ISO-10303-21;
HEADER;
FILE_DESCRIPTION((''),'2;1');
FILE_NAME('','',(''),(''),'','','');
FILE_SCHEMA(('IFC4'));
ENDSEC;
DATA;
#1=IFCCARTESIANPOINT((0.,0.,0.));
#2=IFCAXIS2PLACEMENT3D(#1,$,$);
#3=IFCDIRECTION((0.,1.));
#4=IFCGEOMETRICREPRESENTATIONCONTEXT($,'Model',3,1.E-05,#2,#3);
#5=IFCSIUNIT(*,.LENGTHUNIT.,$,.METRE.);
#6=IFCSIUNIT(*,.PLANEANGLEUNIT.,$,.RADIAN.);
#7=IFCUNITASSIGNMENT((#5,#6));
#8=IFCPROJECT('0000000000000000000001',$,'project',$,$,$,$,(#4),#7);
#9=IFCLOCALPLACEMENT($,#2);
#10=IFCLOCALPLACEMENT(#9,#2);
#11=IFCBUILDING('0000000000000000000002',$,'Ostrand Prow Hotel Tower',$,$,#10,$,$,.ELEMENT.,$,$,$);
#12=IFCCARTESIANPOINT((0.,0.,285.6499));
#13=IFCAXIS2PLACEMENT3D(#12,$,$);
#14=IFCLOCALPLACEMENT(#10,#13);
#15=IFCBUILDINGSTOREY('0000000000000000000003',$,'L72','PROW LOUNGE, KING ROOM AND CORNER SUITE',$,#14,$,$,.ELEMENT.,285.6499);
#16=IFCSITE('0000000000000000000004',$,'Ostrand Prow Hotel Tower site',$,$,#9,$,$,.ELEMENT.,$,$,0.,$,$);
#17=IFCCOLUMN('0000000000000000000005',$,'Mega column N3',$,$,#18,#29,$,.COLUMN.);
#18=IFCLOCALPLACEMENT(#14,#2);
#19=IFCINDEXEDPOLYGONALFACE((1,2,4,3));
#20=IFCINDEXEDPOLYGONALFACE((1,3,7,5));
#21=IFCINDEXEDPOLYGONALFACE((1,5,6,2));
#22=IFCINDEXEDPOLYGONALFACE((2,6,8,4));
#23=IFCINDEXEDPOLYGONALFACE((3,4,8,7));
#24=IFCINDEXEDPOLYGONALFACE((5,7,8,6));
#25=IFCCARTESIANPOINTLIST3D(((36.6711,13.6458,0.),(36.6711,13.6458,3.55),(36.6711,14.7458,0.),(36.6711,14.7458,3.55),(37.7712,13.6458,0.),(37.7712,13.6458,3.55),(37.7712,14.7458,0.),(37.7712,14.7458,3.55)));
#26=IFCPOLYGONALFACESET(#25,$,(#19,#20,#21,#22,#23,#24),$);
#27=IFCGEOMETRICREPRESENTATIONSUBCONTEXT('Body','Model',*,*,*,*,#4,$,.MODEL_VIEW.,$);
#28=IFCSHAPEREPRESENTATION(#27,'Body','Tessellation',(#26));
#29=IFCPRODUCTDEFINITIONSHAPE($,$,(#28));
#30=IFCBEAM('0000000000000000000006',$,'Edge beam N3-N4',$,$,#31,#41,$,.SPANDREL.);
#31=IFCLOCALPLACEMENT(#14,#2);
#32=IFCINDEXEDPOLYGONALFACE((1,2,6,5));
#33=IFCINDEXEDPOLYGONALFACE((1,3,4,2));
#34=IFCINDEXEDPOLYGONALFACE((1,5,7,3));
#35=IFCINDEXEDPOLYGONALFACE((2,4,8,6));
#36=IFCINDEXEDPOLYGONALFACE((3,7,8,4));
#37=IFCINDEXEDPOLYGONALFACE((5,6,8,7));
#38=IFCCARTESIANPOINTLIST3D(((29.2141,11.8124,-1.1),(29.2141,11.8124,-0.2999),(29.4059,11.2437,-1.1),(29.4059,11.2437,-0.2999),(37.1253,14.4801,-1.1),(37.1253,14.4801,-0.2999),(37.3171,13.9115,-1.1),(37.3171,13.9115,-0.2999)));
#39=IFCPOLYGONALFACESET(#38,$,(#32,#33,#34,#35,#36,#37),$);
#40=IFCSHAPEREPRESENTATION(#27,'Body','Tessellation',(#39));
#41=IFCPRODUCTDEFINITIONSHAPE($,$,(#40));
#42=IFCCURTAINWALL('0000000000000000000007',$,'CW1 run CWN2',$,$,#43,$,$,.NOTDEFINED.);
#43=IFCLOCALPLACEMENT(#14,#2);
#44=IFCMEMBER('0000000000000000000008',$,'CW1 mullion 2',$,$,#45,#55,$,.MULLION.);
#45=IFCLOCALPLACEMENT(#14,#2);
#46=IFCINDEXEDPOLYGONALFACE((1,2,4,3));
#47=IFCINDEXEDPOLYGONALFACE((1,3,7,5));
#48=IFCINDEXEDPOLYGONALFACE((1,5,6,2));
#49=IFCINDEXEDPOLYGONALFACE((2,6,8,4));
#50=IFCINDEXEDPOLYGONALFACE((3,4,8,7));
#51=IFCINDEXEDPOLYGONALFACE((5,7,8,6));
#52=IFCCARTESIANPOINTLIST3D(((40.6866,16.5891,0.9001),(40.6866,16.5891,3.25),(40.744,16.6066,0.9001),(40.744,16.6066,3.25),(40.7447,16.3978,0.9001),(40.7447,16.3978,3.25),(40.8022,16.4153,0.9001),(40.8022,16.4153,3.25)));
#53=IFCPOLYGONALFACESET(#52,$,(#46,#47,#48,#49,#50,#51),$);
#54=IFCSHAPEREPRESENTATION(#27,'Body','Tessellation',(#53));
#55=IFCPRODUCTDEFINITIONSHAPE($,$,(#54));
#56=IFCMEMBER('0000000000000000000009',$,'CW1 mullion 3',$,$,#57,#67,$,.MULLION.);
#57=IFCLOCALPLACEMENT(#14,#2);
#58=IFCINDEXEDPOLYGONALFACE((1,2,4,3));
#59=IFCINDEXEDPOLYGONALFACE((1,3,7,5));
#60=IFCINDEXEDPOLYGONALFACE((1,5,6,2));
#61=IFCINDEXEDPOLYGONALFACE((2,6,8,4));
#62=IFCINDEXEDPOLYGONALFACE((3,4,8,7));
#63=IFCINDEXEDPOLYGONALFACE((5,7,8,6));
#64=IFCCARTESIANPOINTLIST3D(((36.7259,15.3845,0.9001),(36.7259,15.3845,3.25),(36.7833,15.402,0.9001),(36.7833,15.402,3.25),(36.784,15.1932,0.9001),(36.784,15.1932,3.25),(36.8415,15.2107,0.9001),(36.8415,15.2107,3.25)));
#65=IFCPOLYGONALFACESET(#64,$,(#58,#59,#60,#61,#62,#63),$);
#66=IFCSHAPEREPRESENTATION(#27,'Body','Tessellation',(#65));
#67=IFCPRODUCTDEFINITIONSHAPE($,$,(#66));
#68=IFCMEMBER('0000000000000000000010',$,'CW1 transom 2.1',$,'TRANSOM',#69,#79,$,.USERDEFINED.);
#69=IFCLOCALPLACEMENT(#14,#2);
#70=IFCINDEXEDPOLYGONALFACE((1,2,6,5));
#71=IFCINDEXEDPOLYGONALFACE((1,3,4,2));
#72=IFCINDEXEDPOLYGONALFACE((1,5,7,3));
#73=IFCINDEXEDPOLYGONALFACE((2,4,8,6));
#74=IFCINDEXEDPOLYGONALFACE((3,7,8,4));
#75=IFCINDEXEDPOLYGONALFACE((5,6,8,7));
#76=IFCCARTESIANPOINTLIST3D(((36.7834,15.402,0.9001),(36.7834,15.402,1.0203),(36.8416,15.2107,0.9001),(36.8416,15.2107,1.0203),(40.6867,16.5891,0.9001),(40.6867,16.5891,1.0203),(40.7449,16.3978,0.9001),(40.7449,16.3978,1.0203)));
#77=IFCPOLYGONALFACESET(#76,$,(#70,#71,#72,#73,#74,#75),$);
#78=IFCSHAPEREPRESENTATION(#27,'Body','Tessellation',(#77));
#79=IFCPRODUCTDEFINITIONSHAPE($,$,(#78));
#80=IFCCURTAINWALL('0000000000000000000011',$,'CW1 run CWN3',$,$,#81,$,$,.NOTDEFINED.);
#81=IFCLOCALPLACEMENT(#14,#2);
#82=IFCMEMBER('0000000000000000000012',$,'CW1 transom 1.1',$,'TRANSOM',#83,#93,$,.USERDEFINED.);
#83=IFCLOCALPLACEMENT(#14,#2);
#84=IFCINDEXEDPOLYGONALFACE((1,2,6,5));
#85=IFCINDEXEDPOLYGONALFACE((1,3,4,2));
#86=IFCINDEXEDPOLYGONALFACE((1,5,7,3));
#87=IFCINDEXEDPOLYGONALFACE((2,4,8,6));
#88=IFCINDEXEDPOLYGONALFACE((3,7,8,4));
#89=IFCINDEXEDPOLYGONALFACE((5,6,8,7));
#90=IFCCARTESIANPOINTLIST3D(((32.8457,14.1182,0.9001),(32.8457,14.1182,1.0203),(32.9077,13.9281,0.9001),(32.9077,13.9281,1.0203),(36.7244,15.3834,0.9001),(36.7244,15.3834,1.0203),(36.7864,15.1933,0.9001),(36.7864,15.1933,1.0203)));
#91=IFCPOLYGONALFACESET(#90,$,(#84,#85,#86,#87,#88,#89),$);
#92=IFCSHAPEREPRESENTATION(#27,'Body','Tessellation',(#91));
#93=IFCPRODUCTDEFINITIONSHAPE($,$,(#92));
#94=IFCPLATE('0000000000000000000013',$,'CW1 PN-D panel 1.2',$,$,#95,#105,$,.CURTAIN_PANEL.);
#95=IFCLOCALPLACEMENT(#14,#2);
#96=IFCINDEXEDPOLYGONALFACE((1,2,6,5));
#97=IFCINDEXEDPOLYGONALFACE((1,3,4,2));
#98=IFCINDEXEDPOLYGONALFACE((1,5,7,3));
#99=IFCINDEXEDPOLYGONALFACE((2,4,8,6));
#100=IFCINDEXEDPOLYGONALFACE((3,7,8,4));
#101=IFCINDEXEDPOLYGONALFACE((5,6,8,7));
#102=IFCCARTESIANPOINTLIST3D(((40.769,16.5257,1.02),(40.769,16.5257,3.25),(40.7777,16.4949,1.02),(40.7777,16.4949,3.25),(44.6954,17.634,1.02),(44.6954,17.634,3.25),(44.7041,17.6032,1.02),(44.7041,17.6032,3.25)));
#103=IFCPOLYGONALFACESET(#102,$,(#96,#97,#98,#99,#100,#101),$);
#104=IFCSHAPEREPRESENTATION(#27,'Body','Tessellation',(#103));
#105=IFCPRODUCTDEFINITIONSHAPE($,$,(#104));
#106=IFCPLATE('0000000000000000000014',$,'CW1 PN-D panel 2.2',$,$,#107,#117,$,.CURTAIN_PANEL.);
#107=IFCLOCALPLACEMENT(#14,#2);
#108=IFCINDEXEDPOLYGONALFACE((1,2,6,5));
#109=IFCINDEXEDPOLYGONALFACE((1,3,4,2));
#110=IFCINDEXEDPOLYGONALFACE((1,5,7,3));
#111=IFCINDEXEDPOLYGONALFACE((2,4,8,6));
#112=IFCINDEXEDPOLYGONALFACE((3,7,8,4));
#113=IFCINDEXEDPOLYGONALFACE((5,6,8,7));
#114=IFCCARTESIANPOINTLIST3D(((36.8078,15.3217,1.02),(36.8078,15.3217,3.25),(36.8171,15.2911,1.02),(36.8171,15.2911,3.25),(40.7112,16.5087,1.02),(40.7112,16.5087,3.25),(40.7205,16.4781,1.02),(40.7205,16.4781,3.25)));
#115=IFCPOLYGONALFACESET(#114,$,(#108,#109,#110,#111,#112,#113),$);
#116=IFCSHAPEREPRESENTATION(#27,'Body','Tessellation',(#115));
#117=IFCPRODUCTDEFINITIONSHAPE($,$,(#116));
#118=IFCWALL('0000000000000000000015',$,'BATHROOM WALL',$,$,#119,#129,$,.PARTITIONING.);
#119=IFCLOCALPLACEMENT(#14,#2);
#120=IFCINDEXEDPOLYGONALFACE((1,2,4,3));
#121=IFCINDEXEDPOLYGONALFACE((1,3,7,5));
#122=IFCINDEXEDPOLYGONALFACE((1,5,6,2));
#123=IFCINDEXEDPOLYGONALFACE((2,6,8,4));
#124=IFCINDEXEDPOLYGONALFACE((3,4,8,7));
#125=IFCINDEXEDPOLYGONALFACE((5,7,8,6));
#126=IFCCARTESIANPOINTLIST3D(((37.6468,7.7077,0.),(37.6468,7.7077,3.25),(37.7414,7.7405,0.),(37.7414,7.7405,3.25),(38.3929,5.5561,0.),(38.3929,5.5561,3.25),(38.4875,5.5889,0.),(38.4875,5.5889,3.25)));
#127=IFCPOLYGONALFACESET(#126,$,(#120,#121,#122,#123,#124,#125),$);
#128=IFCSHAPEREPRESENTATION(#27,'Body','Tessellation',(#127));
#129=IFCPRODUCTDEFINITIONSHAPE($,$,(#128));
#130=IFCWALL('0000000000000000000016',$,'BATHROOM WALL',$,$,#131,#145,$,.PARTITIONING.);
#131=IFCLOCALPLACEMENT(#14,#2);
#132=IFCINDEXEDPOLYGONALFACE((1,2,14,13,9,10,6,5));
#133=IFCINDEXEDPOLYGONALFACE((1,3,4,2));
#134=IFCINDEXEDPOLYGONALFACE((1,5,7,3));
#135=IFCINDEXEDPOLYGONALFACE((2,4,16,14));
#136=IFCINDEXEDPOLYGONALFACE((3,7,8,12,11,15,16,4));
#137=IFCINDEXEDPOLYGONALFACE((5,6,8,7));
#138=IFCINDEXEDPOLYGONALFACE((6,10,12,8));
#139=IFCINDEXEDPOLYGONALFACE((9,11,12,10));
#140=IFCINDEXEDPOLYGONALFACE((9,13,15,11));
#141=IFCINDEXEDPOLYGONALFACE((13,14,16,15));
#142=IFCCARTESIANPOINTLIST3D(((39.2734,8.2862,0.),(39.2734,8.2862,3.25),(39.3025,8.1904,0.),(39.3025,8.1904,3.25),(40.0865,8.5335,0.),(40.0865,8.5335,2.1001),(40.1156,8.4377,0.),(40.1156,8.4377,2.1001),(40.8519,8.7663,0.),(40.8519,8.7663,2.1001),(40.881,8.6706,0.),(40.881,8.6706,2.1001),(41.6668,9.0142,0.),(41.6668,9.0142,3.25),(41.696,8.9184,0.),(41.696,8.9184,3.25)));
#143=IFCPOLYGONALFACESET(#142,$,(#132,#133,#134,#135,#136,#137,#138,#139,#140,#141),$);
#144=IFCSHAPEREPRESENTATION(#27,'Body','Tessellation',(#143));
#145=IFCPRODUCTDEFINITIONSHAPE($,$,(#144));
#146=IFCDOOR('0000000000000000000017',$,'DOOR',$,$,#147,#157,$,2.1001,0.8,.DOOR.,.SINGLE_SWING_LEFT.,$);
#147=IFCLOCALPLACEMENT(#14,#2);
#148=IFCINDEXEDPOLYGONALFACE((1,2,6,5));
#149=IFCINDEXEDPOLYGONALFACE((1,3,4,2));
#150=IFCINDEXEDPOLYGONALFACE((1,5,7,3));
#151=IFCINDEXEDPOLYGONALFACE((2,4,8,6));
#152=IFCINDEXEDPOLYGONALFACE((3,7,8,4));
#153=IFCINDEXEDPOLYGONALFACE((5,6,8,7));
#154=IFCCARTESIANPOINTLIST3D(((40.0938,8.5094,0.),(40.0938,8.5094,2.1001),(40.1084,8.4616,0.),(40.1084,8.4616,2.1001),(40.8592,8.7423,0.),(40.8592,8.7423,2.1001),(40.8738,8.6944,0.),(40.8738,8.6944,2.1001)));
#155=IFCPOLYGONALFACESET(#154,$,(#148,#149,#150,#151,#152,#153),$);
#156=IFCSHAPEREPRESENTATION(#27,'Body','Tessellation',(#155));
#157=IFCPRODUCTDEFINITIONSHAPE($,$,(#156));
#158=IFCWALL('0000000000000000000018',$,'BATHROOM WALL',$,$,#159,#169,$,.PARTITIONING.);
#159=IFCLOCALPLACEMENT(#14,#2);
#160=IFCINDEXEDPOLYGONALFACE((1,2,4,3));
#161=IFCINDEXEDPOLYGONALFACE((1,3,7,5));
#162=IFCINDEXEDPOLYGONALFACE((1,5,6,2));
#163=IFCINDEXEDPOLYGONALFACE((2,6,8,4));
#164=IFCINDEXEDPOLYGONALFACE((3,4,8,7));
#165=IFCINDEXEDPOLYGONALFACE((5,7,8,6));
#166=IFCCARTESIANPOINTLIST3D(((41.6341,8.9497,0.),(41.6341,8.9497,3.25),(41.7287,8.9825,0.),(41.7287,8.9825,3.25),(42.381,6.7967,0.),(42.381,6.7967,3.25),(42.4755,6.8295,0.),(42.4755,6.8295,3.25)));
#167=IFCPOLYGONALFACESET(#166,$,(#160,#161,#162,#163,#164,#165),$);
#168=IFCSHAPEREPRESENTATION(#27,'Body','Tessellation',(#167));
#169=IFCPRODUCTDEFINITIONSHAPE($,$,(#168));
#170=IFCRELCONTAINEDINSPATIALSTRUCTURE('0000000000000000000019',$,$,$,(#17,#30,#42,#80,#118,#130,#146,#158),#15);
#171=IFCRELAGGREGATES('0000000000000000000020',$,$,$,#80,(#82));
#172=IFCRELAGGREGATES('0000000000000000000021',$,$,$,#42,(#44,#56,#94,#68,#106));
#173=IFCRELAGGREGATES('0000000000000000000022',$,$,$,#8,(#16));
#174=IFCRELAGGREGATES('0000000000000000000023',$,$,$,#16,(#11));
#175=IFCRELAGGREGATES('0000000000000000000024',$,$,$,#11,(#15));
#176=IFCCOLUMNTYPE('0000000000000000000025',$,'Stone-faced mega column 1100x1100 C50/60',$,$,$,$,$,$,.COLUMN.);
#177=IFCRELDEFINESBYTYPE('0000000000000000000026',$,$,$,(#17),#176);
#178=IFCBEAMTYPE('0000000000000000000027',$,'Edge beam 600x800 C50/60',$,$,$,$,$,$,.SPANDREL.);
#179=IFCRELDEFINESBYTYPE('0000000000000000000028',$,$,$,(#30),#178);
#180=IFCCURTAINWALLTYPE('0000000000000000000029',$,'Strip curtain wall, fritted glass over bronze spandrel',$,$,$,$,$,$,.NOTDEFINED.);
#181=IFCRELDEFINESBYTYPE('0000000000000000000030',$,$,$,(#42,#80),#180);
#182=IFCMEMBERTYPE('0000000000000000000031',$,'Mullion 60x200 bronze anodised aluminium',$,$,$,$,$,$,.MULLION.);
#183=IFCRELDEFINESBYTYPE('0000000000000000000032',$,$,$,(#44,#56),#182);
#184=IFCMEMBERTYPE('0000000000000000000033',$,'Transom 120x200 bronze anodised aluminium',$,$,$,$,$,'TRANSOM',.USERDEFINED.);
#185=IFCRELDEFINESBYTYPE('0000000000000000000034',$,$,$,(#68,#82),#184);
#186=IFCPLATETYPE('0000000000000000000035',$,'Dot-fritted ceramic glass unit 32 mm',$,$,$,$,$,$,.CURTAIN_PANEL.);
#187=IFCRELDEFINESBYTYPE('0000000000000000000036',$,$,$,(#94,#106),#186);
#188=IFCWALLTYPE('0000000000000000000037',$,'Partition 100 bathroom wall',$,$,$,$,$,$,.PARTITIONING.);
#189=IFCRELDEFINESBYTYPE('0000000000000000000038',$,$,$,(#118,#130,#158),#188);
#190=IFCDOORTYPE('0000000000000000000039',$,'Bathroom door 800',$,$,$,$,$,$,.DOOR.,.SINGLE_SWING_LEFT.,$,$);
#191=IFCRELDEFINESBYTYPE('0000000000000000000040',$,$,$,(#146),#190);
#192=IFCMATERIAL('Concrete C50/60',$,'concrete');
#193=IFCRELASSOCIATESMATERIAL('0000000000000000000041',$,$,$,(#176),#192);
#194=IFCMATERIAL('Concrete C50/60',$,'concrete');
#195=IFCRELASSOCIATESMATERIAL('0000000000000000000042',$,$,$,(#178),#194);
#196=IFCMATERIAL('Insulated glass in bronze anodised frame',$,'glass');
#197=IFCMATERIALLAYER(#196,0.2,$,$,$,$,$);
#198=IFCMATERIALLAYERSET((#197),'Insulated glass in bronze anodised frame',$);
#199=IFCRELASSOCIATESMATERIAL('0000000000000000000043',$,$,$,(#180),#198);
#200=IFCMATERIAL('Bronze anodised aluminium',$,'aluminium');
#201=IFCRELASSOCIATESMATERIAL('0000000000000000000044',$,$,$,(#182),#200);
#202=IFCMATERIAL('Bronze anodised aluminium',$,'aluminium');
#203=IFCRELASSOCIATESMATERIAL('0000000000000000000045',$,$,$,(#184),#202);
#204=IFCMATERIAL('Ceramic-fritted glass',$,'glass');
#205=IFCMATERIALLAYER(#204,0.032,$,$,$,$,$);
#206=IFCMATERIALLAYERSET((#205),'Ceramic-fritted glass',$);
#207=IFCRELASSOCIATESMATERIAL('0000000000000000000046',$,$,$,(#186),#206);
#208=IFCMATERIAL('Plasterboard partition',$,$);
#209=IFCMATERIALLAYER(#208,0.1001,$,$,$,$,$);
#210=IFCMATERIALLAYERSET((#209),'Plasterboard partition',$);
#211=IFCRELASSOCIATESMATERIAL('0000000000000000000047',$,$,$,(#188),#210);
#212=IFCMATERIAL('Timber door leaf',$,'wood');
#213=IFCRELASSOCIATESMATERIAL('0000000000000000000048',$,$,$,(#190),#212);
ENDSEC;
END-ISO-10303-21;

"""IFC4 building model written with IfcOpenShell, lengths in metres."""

from ifc_helpers import new_model, si_unit, direction, frame, frame_2d, origin, origin_2d, place, context, subcontext, project, spatial, rectangle, extrude, material, layer, layer_set, material_profile, profile_set, type_object, element, fill, aggregate, save


model = new_model("IFC4")

# Units and contexts
model_context = context("Model", 3, precision=1e-05, world=origin(), true_north=direction((0.0, 1.0)))
body_context = subcontext(model_context, "Body", "Model", "MODEL_VIEW")
ifc_project = project(units=[si_unit("LENGTHUNIT", "METRE"), si_unit("PLANEANGLEUNIT", "RADIAN")], contexts=[model_context])

# Site, building, storey
site_placement = place(None, origin())
site = spatial("IfcSite", under=ifc_project, at=site_placement, Name="Ostrand Prow Hotel Tower site", CompositionType="ELEMENT", RefElevation=0.0)
building_placement = place(site_placement, origin())
building = spatial("IfcBuilding", under=site, at=building_placement, Name="Ostrand Prow Hotel Tower", CompositionType="ELEMENT")
storey_placement = place(building_placement, frame((0.0, 0.0, 285.6499)))
storey = spatial("IfcBuildingStorey", under=building, at=storey_placement, Name="L72", Description="PROW LOUNGE, KING ROOM AND CORNER SUITE", CompositionType="ELEMENT", Elevation=285.6499)

# Column
ifc_material_1 = material(Name="Concrete C50/60", Category="concrete")
ifc_material_profile_1 = material_profile(ifc_material_1, rectangle(XDim=1.1001, YDim=1.1001, at=origin_2d()), Name="RC 1100x1100")
ifc_profile_set_1 = profile_set([ifc_material_profile_1], Name="Concrete C50/60")
column_type = type_object("IfcColumnType", Name="Stone-faced mega column 1100x1100 C50/60", PredefinedType="COLUMN", material=ifc_profile_set_1)
column_placement = place(storey_placement, frame((37.2212, 14.1958, 0.0), z_axis=(0.0, 0.0, 1.0), x_axis=(1.0, 0.0, 0.0)))
element("IfcColumn", 1, at=column_placement, inside=storey, type_object=column_type, Name="Mega column N3", PredefinedType="COLUMN", context=body_context, shape_type="SweptSolid", body=[
    extrude(rectangle(XDim=1.1001, YDim=1.1001, at=origin_2d()), origin(), (0.0, 0.0, 1.0), 3.55),
])

# Beam
ifc_material_2 = material(Name="Concrete C50/60", Category="concrete")
ifc_material_profile_2 = material_profile(ifc_material_2, rectangle(XDim=0.6001, YDim=0.8, at=origin_2d()), Name="RC 600x800")
ifc_profile_set_2 = profile_set([ifc_material_profile_2], Name="Concrete C50/60")
beam_type = type_object("IfcBeamType", Name="Edge beam 600x800 C50/60", PredefinedType="SPANDREL", material=ifc_profile_set_2)
beam_placement = place(storey_placement, frame((37.2212, 14.1958, -0.7), z_axis=(-0.947575, -0.319533, 0.0), x_axis=(0.319533, -0.947575, 0.0)))
element("IfcBeam", 2, at=beam_placement, inside=storey, type_object=beam_type, Name="Edge beam N3-N4", PredefinedType="SPANDREL", context=body_context, shape_type="SweptSolid", body=[
    extrude(rectangle(XDim=0.6001, YDim=0.8, at=origin_2d()), origin(), (0.0, 0.0, 1.0), 8.3489),
])

# Curtain wall, members
ifc_material_3 = material(Name="Insulated glass in bronze anodised frame", Category="glass")
ifc_layer_1 = layer(ifc_material_3, 0.2)
ifc_layer_set_1 = layer_set([ifc_layer_1], Name="Insulated glass in bronze anodised frame")
curtain_wall_type = type_object("IfcCurtainWallType", Name="Strip curtain wall, fritted glass over bronze spandrel", PredefinedType="NOTDEFINED", material=ifc_layer_set_1)
curtain_wall_1_placement = place(storey_placement, origin())
curtain_wall_1 = element("IfcCurtainWall", 3, at=curtain_wall_1_placement, inside=storey, type_object=curtain_wall_type, Name="CW1 run CWN2", PredefinedType="NOTDEFINED")
ifc_material_4 = material(Name="Bronze anodised aluminium", Category="aluminium")
ifc_material_profile_3 = material_profile(ifc_material_4, rectangle(XDim=0.2, YDim=0.0601, at=origin_2d()), Name="Mullion 60x200 bronze anodised aluminium")
ifc_profile_set_3 = profile_set([ifc_material_profile_3], Name="Bronze anodised aluminium")
member_type_1 = type_object("IfcMemberType", Name="Mullion 60x200 bronze anodised aluminium", PredefinedType="MULLION", material=ifc_profile_set_3)
member_1_placement = place(storey_placement, frame((40.7444, 16.5022, 0.9001), z_axis=(0.0, 0.0, 1.0), x_axis=(0.290938, -0.956742, 0.0)))
member_1 = element("IfcMember", 4, at=member_1_placement, type_object=member_type_1, Name="CW1 mullion 2", PredefinedType="MULLION", context=body_context, shape_type="SweptSolid", body=[
    extrude(rectangle(XDim=0.2, YDim=0.0601, at=origin_2d()), origin(), (0.0, 0.0, 1.0), 2.3499),
])
member_2_placement = place(storey_placement, frame((36.7837, 15.2976, 0.9001), z_axis=(0.0, 0.0, 1.0), x_axis=(0.290938, -0.956742, 0.0)))
member_2 = element("IfcMember", 5, at=member_2_placement, type_object=member_type_1, Name="CW1 mullion 3", PredefinedType="MULLION", context=body_context, shape_type="SweptSolid", body=[
    extrude(rectangle(XDim=0.2, YDim=0.0601, at=origin_2d()), origin(), (0.0, 0.0, 1.0), 2.3499),
])
ifc_material_5 = material(Name="Bronze anodised aluminium", Category="aluminium")
ifc_material_profile_4 = material_profile(ifc_material_5, rectangle(XDim=0.2, YDim=0.1201, at=origin_2d()), Name="Transom 120x200 bronze anodised aluminium")
ifc_profile_set_4 = profile_set([ifc_material_profile_4], Name="Bronze anodised aluminium")
member_type_2 = type_object("IfcMemberType", Name="Transom 120x200 bronze anodised aluminium", ElementType="TRANSOM", PredefinedType="USERDEFINED", material=ifc_profile_set_4)
member_3_placement = place(storey_placement, frame((40.7158, 16.4934, 0.9602), z_axis=(-0.956739, -0.290947, 0.0), x_axis=(0.290947, -0.956739, 0.0)))
member_3 = element("IfcMember", 6, at=member_3_placement, type_object=member_type_2, Name="CW1 transom 2.1", ObjectType="TRANSOM", PredefinedType="USERDEFINED", context=body_context, shape_type="SweptSolid", body=[
    extrude(rectangle(XDim=0.2, YDim=0.1201, at=origin_2d()), origin(), (0.0, 0.0, 1.0), 4.0798),
])

# Curtain wall, member
curtain_wall_2_placement = place(storey_placement, origin())
curtain_wall_2 = element("IfcCurtainWall", 7, at=curtain_wall_2_placement, inside=storey, type_object=curtain_wall_type, Name="CW1 run CWN3", PredefinedType="NOTDEFINED")
member_4_placement = place(storey_placement, frame((36.7554, 15.2883, 0.9602), z_axis=(-0.950704, -0.310099, 0.0), x_axis=(0.310099, -0.950704, 0.0)))
member_4 = element("IfcMember", 8, at=member_4_placement, type_object=member_type_2, Name="CW1 transom 1.1", ObjectType="TRANSOM", PredefinedType="USERDEFINED", context=body_context, shape_type="SweptSolid", body=[
    extrude(rectangle(XDim=0.2, YDim=0.1201, at=origin_2d()), origin(), (0.0, 0.0, 1.0), 4.0798),
])
aggregate(curtain_wall_2, [member_4])

# Plates
ifc_material_6 = material(Name="Ceramic-fritted glass", Category="glass")
ifc_layer_2 = layer(ifc_material_6, 0.032)
ifc_layer_set_2 = layer_set([ifc_layer_2], Name="Ceramic-fritted glass")
plate_type = type_object("IfcPlateType", Name="Dot-fritted ceramic glass unit 32 mm", PredefinedType="CURTAIN_PANEL", material=ifc_layer_set_2)
plate_1_placement = place(storey_placement, frame((42.7366, 17.0645, 1.02), z_axis=(0.0, 0.0, 1.0), x_axis=(-0.962396, -0.271649, 0.0)))
plate_1 = element("IfcPlate", 9, at=plate_1_placement, type_object=plate_type, Name="CW1 PN-D panel 1.2", PredefinedType="CURTAIN_PANEL", context=body_context, shape_type="SweptSolid", body=[
    extrude(rectangle(XDim=4.0798, YDim=0.032, at=origin_2d()), origin(), (0.0, 0.0, 1.0), 2.23),
])
plate_2_placement = place(storey_placement, frame((38.7642, 15.8999, 1.02), z_axis=(0.0, 0.0, 1.0), x_axis=(-0.956742, -0.290938, 0.0)))
plate_2 = element("IfcPlate", 10, at=plate_2_placement, type_object=plate_type, Name="CW1 PN-D panel 2.2", PredefinedType="CURTAIN_PANEL", context=body_context, shape_type="SweptSolid", body=[
    extrude(rectangle(XDim=4.0798, YDim=0.032, at=origin_2d()), origin(), (0.0, 0.0, 1.0), 2.23),
])
aggregate(curtain_wall_1, [member_1, member_2, plate_1, member_3, plate_2])

# Wall
ifc_material_7 = material(Name="Plasterboard partition")
ifc_layer_3 = layer(ifc_material_7, 0.1001)
ifc_layer_set_3 = layer_set([ifc_layer_3], Name="Plasterboard partition")
wall_type_1 = type_object("IfcWallType", Name="Partition 100 bathroom wall", PredefinedType="PARTITIONING", material=ifc_layer_set_3)
wall_1_placement = place(storey_placement, frame((37.6941, 7.7241, 0.0), z_axis=(0.0, 0.0, 1.0), x_axis=(0.327622, -0.944809, 0.0)))
element("IfcWall", 11, at=wall_1_placement, inside=storey, type_object=wall_type_1, Name="BATHROOM WALL", PredefinedType="PARTITIONING", context=body_context, shape_type="SweptSolid", body=[
    extrude(rectangle(XDim=2.2773, YDim=0.1001, at=frame_2d((1.1387, 0.0))), origin(), (0.0, 0.0, 1.0), 3.25),
])

# Wall, opening, door
wall_2_placement = place(storey_placement, frame((39.2878, 8.2383, 0.0), z_axis=(0.0, 0.0, 1.0), x_axis=(0.956724, 0.290999, 0.0)))
wall_2 = element("IfcWall", 12, at=wall_2_placement, inside=storey, type_object=wall_type_1, Name="BATHROOM WALL", PredefinedType="PARTITIONING", context=body_context, shape_type="SweptSolid", body=[
    extrude(rectangle(XDim=2.5017, YDim=0.1001, at=frame_2d((1.251, 0.0))), origin(), (0.0, 0.0, 1.0), 3.25),
])
opening_1_placement = place(wall_2_placement, frame((0.8501, 0.0, 0.0)))
opening_1 = element("IfcOpeningElement", 13, at=opening_1_placement, cuts=wall_2, PredefinedType="OPENING", context=body_context, shape_type="SweptSolid", body=[
    extrude(rectangle(XDim=0.8, YDim=2.1001, at=frame_2d((0.3999, 1.05))), frame((0.0, 0.0601, 0.0), z_axis=(0.0, -1.0, 0.0), x_axis=(1.0, 0.0, 0.0)), (0.0, 0.0, 1.0), 0.1201),
])
ifc_material_8 = material(Name="Timber door leaf", Category="wood")
door_type_1 = type_object("IfcDoorType", Name="Bathroom door 800", OperationType="SINGLE_SWING_LEFT", PredefinedType="DOOR", material=ifc_material_8)
door_1_placement = place(opening_1_placement, origin())
door_1 = element("IfcDoor", 14, at=door_1_placement, inside=storey, type_object=door_type_1, Name="DOOR", OperationType="SINGLE_SWING_LEFT", OverallHeight=2.1001, OverallWidth=0.8, PredefinedType="DOOR", context=body_context, shape_type="SweptSolid", body=[
    extrude(rectangle(XDim=0.8, YDim=2.1001, at=frame_2d((0.3999, 1.05))), frame((0.0, 0.0249, 0.0), z_axis=(0.0, -1.0, 0.0), x_axis=(1.0, 0.0, 0.0)), (0.0, 0.0, 1.0), 0.05),
])
fill(opening_1, door_1)

# Wall
wall_3_placement = place(storey_placement, frame((41.6814, 8.9661, 0.0), z_axis=(0.0, 0.0, 1.0), x_axis=(0.327743, -0.944767, 0.0)))
element("IfcWall", 15, at=wall_3_placement, inside=storey, type_object=wall_type_1, Name="BATHROOM WALL", PredefinedType="PARTITIONING", context=body_context, shape_type="SweptSolid", body=[
    extrude(rectangle(XDim=2.2788, YDim=0.1001, at=frame_2d((1.1394, 0.0))), origin(), (0.0, 0.0, 1.0), 3.25),
])

save(model, "model.ifc")
